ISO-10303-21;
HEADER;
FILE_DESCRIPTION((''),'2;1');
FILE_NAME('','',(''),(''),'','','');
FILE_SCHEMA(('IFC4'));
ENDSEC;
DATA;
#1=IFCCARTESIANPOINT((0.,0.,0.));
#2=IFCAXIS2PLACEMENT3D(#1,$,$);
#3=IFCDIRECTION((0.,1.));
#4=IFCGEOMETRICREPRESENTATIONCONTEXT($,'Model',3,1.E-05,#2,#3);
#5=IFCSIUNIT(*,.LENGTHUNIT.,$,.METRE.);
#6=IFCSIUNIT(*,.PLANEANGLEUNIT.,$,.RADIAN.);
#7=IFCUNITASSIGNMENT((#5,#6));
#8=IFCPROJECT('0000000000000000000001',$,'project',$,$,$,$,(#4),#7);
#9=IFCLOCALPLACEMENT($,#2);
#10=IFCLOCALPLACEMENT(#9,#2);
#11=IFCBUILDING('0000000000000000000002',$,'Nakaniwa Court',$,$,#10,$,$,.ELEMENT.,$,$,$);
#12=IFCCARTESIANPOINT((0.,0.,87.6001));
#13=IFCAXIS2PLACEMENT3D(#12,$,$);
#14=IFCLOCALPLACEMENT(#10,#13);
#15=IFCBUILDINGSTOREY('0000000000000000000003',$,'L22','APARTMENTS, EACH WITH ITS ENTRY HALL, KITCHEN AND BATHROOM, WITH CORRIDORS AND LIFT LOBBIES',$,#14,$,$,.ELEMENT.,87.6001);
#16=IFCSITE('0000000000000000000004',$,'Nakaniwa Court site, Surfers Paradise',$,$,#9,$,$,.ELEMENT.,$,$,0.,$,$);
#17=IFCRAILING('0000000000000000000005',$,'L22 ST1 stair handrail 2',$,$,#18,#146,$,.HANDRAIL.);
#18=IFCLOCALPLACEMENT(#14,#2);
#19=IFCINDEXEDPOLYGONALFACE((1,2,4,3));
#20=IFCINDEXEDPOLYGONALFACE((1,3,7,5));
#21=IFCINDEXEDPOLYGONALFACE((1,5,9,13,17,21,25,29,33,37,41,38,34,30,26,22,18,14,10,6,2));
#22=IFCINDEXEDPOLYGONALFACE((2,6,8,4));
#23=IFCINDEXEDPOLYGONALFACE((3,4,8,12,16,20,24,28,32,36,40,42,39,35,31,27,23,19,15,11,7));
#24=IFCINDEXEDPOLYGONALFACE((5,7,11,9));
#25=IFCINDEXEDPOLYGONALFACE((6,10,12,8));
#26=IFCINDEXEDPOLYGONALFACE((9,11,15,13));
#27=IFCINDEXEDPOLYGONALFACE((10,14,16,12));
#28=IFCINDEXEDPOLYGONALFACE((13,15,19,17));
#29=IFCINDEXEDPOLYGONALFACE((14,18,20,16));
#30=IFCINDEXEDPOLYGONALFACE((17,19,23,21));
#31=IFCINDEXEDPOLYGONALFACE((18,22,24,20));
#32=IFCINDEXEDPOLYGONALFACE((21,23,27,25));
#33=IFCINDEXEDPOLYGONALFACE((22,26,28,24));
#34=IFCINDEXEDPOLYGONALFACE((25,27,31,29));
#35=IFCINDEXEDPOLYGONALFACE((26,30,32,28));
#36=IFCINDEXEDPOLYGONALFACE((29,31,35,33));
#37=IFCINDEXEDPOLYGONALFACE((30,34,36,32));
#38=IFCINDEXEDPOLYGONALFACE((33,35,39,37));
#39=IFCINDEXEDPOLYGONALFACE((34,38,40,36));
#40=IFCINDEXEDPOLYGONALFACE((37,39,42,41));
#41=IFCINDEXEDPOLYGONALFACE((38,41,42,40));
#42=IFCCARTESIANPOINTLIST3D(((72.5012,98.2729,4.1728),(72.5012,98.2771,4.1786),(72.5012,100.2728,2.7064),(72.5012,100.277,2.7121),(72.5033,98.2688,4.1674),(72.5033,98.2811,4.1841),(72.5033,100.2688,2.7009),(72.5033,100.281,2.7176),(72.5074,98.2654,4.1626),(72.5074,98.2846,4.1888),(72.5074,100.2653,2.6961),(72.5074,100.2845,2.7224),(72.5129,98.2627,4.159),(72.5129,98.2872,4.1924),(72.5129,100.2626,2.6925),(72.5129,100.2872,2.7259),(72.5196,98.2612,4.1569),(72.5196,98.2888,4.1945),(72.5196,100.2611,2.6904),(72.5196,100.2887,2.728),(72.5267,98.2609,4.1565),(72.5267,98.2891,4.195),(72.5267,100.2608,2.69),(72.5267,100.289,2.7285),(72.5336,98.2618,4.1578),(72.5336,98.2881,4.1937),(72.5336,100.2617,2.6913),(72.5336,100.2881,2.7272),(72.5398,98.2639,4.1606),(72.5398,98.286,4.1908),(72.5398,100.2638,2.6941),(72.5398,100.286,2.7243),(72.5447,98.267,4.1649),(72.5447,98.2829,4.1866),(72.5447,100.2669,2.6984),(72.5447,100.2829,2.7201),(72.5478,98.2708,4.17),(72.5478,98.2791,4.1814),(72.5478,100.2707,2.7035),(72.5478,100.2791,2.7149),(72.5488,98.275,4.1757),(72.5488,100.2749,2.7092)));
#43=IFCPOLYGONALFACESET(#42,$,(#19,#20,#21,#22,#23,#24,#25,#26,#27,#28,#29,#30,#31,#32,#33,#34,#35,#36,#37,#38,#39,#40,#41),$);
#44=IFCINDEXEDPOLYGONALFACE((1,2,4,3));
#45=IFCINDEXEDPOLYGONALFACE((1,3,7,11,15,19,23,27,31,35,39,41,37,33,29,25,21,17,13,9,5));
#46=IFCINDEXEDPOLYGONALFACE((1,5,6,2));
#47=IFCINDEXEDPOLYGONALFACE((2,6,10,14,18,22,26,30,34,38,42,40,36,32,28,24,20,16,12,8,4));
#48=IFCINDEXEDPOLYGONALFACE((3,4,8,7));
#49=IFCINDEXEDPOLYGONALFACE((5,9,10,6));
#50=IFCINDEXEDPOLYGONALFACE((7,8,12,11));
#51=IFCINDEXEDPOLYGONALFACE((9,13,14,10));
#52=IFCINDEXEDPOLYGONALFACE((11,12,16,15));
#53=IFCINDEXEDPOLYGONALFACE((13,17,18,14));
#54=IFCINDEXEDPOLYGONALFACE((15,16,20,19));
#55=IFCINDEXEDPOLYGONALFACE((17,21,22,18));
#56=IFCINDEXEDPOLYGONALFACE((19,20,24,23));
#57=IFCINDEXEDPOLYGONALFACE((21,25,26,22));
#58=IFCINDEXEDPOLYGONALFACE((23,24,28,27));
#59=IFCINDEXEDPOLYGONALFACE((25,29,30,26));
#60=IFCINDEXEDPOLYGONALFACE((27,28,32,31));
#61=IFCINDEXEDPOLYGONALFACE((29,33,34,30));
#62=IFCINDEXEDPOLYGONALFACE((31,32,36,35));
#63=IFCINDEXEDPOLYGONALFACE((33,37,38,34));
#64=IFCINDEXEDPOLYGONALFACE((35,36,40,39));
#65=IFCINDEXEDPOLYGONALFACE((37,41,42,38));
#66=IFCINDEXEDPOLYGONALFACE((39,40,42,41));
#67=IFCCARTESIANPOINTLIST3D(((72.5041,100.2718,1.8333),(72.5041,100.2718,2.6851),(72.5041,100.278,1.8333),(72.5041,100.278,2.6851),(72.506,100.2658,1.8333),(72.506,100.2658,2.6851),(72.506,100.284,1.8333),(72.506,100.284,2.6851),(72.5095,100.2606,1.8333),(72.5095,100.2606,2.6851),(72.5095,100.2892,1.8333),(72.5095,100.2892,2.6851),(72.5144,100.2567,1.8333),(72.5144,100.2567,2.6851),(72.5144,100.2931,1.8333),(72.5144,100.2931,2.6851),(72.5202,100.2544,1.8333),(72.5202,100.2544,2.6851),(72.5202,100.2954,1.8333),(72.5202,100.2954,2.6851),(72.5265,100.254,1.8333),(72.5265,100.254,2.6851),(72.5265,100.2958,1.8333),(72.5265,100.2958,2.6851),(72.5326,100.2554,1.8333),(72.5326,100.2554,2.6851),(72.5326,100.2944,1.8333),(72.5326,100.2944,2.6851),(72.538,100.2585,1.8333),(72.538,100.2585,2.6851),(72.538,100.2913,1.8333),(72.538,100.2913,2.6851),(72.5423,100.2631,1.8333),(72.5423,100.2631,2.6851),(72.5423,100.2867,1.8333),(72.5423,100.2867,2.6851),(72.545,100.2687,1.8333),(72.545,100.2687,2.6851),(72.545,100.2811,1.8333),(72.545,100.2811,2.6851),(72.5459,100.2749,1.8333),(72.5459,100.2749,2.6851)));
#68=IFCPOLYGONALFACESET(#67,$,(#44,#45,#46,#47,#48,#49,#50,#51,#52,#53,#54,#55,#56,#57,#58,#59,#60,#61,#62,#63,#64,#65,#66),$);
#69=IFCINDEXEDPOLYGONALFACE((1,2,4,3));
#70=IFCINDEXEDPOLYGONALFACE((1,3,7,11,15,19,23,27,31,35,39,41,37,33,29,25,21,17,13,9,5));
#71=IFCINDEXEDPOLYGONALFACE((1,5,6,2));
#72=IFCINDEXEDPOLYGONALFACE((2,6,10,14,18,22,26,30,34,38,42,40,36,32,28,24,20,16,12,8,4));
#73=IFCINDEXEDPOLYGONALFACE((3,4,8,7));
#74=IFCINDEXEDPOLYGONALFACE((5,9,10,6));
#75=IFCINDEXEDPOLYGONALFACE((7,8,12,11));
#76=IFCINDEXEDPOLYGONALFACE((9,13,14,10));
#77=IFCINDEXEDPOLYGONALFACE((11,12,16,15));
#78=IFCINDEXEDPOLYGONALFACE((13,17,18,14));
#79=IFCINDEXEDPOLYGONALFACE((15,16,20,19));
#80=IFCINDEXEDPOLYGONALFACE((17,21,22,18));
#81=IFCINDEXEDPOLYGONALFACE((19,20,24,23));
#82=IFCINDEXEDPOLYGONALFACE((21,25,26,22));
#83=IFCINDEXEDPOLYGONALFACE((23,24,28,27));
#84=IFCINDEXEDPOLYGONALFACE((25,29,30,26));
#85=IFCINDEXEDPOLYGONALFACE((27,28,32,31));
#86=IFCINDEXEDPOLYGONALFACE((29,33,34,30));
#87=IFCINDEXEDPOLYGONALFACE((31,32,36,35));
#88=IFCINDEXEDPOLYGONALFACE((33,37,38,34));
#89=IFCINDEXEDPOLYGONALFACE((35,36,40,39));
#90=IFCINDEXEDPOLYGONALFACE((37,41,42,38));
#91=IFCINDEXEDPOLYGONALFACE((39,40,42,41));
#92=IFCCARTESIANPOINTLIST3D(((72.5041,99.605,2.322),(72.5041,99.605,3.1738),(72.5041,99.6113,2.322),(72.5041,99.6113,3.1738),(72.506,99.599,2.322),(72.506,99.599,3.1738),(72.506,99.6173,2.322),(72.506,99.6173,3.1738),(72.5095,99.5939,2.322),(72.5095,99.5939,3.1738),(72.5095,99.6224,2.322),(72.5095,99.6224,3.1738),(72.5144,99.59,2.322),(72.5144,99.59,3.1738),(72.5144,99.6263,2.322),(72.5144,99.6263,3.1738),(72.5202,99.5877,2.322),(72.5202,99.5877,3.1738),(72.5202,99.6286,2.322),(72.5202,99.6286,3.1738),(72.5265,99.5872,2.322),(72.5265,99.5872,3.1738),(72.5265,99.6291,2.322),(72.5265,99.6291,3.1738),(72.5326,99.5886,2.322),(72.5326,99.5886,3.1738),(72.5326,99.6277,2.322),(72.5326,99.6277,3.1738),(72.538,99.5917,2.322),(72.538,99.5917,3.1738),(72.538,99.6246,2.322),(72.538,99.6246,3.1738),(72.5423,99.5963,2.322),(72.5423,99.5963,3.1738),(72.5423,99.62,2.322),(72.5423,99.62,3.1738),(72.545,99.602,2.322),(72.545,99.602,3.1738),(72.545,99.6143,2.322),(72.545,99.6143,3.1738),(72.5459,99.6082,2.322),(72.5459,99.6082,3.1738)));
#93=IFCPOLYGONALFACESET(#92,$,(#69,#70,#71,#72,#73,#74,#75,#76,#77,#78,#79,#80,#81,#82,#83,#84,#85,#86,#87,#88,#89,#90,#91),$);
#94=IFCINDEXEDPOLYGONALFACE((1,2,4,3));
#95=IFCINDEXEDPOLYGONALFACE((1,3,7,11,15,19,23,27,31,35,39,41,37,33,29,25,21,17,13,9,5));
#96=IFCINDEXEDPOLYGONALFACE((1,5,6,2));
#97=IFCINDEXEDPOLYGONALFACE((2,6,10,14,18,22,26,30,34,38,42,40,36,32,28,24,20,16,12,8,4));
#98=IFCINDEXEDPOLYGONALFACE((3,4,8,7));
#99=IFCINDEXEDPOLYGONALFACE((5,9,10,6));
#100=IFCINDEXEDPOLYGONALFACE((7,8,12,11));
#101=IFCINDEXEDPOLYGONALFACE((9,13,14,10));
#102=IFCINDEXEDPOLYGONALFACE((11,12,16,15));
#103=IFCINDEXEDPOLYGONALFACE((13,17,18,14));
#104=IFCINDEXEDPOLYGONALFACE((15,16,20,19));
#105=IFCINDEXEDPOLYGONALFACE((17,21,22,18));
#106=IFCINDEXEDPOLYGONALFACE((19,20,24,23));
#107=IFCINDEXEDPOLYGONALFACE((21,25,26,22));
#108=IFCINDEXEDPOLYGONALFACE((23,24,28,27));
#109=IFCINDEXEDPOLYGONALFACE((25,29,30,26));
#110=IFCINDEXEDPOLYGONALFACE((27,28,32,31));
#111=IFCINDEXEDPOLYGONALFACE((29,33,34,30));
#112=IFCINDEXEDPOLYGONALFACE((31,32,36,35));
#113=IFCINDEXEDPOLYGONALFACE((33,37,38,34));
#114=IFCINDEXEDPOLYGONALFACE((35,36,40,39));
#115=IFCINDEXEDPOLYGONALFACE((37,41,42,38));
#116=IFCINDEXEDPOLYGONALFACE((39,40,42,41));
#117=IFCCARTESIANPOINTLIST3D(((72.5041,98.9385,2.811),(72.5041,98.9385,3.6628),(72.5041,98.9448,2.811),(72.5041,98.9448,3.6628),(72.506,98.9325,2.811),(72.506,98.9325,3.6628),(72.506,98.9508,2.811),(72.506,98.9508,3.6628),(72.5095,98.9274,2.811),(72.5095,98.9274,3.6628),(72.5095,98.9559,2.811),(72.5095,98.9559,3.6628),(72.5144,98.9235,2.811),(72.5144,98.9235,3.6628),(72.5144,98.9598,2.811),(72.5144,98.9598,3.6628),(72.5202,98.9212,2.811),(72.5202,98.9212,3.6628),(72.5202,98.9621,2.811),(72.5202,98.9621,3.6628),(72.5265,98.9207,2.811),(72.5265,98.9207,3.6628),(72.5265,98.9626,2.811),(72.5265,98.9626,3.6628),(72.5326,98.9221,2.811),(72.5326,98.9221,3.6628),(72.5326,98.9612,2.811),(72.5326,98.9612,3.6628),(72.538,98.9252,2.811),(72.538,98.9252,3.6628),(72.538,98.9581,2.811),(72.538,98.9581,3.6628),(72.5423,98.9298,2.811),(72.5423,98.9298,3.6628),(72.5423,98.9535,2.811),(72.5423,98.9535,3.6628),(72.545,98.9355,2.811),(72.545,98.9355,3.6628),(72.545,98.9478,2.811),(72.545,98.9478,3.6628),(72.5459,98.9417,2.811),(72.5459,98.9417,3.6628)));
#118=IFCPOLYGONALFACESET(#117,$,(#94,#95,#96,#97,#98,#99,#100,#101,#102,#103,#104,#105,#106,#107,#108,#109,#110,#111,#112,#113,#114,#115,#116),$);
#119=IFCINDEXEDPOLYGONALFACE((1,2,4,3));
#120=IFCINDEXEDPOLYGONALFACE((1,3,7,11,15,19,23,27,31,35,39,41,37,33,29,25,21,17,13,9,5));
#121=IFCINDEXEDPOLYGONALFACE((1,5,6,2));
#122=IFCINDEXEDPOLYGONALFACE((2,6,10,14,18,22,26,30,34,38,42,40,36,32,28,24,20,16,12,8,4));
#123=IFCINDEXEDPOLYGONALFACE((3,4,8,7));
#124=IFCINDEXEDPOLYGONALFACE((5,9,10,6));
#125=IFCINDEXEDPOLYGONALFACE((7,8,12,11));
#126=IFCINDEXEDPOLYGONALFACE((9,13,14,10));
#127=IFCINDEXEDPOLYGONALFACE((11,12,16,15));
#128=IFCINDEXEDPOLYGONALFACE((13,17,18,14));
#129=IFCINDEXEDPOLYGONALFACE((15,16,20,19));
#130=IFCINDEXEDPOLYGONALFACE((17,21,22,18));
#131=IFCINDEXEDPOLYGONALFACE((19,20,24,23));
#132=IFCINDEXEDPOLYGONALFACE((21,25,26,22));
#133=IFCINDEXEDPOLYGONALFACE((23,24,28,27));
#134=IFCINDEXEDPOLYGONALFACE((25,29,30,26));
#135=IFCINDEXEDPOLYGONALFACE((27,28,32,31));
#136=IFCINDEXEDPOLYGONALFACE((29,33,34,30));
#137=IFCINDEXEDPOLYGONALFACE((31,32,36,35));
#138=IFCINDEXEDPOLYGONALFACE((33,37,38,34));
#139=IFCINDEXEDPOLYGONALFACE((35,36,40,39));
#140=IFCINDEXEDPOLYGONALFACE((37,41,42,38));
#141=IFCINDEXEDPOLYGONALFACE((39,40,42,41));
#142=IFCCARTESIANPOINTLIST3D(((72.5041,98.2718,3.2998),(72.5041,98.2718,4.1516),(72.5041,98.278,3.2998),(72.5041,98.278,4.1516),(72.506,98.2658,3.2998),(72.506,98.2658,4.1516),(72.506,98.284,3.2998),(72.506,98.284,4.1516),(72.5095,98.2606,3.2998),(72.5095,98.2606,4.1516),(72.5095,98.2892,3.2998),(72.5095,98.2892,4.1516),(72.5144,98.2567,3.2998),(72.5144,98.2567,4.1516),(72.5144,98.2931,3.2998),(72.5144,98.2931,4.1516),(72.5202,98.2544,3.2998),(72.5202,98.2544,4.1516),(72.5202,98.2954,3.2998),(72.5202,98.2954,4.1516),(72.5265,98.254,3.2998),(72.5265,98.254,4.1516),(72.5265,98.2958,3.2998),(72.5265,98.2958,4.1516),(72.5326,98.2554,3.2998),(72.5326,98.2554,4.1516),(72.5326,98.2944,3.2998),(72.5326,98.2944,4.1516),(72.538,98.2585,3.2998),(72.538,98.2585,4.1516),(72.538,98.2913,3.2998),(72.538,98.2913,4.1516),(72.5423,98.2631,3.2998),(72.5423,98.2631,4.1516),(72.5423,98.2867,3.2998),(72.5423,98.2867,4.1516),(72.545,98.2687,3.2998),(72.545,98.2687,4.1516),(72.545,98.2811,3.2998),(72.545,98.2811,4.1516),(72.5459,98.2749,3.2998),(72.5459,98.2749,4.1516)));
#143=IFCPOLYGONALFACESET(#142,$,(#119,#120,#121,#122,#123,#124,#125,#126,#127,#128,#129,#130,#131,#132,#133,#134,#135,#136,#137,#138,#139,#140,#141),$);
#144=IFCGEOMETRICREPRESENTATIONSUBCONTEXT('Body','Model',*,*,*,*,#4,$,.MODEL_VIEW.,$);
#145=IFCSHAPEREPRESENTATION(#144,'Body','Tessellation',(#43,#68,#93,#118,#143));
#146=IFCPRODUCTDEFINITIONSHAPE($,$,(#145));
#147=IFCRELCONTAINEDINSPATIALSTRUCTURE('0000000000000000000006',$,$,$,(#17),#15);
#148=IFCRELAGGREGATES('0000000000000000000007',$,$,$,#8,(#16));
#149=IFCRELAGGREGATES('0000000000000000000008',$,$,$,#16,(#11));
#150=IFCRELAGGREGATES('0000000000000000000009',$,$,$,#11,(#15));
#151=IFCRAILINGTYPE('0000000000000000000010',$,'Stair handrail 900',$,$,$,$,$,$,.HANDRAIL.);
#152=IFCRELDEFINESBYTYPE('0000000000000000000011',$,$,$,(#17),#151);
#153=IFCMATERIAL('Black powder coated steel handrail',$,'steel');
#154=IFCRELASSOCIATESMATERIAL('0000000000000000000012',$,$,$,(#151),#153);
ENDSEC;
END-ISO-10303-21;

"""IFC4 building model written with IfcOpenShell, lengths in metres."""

from ifc_helpers import new_model, si_unit, direction, frame, origin, origin_2d, place, context, subcontext, project, spatial, circle, extrude, material, type_object, element, save


model = new_model("IFC4")

# Units and contexts
model_context = context("Model", 3, precision=1e-05, world=origin(), true_north=direction((0.0, 1.0)))
body_context = subcontext(model_context, "Body", "Model", "MODEL_VIEW")
ifc_project = project(units=[si_unit("LENGTHUNIT", "METRE"), si_unit("PLANEANGLEUNIT", "RADIAN")], contexts=[model_context])

# Site, building, storey
site_placement = place(None, origin())
site = spatial("IfcSite", under=ifc_project, at=site_placement, Name="Nakaniwa Court site, Surfers Paradise", CompositionType="ELEMENT", RefElevation=0.0)
building_placement = place(site_placement, origin())
building = spatial("IfcBuilding", under=site, at=building_placement, Name="Nakaniwa Court", CompositionType="ELEMENT")
storey_placement = place(building_placement, frame((0.0, 0.0, 87.6001)))
storey = spatial("IfcBuildingStorey", under=building, at=storey_placement, Name="L22", Description="APARTMENTS, EACH WITH ITS ENTRY HALL, KITCHEN AND BATHROOM, WITH CORRIDORS AND LIFT LOBBIES", CompositionType="ELEMENT", Elevation=87.6001)

# Railing
ifc_material_1 = material(Name="Black powder coated steel handrail", Category="steel")
railing_type_1 = type_object("IfcRailingType", Name="Stair handrail 900", PredefinedType="HANDRAIL", material=ifc_material_1)
railing_1_placement = place(storey_placement, frame((72.5249, 100.2749, 1.8333)))
element("IfcRailing", 1, at=railing_1_placement, inside=storey, type_object=railing_type_1, Name="L22 ST1 stair handrail 2", PredefinedType="HANDRAIL", context=body_context, shape_type="SweptSolid", body=[
    extrude(circle(Radius=0.0239, at=origin_2d()), frame((0.0, 0.0, 0.876), z_axis=(0.0, -0.806427, 0.591334), x_axis=(1.0, 0.0, 0.0)), (0.0, 0.0, 1.0), 2.48),
    extrude(circle(Radius=0.021, at=origin_2d()), origin(), (0.0, 0.0, 1.0), 0.8518),
    extrude(circle(Radius=0.021, at=origin_2d()), frame((0.0, -0.6667, 0.4888)), (0.0, 0.0, 1.0), 0.8518),
    extrude(circle(Radius=0.021, at=origin_2d()), frame((0.0, -1.3333, 0.9778)), (0.0, 0.0, 1.0), 0.8518),
    extrude(circle(Radius=0.021, at=origin_2d()), frame((0.0, -2.0, 1.4666)), (0.0, 0.0, 1.0), 0.8518),
])

save(model, "model.ifc")
